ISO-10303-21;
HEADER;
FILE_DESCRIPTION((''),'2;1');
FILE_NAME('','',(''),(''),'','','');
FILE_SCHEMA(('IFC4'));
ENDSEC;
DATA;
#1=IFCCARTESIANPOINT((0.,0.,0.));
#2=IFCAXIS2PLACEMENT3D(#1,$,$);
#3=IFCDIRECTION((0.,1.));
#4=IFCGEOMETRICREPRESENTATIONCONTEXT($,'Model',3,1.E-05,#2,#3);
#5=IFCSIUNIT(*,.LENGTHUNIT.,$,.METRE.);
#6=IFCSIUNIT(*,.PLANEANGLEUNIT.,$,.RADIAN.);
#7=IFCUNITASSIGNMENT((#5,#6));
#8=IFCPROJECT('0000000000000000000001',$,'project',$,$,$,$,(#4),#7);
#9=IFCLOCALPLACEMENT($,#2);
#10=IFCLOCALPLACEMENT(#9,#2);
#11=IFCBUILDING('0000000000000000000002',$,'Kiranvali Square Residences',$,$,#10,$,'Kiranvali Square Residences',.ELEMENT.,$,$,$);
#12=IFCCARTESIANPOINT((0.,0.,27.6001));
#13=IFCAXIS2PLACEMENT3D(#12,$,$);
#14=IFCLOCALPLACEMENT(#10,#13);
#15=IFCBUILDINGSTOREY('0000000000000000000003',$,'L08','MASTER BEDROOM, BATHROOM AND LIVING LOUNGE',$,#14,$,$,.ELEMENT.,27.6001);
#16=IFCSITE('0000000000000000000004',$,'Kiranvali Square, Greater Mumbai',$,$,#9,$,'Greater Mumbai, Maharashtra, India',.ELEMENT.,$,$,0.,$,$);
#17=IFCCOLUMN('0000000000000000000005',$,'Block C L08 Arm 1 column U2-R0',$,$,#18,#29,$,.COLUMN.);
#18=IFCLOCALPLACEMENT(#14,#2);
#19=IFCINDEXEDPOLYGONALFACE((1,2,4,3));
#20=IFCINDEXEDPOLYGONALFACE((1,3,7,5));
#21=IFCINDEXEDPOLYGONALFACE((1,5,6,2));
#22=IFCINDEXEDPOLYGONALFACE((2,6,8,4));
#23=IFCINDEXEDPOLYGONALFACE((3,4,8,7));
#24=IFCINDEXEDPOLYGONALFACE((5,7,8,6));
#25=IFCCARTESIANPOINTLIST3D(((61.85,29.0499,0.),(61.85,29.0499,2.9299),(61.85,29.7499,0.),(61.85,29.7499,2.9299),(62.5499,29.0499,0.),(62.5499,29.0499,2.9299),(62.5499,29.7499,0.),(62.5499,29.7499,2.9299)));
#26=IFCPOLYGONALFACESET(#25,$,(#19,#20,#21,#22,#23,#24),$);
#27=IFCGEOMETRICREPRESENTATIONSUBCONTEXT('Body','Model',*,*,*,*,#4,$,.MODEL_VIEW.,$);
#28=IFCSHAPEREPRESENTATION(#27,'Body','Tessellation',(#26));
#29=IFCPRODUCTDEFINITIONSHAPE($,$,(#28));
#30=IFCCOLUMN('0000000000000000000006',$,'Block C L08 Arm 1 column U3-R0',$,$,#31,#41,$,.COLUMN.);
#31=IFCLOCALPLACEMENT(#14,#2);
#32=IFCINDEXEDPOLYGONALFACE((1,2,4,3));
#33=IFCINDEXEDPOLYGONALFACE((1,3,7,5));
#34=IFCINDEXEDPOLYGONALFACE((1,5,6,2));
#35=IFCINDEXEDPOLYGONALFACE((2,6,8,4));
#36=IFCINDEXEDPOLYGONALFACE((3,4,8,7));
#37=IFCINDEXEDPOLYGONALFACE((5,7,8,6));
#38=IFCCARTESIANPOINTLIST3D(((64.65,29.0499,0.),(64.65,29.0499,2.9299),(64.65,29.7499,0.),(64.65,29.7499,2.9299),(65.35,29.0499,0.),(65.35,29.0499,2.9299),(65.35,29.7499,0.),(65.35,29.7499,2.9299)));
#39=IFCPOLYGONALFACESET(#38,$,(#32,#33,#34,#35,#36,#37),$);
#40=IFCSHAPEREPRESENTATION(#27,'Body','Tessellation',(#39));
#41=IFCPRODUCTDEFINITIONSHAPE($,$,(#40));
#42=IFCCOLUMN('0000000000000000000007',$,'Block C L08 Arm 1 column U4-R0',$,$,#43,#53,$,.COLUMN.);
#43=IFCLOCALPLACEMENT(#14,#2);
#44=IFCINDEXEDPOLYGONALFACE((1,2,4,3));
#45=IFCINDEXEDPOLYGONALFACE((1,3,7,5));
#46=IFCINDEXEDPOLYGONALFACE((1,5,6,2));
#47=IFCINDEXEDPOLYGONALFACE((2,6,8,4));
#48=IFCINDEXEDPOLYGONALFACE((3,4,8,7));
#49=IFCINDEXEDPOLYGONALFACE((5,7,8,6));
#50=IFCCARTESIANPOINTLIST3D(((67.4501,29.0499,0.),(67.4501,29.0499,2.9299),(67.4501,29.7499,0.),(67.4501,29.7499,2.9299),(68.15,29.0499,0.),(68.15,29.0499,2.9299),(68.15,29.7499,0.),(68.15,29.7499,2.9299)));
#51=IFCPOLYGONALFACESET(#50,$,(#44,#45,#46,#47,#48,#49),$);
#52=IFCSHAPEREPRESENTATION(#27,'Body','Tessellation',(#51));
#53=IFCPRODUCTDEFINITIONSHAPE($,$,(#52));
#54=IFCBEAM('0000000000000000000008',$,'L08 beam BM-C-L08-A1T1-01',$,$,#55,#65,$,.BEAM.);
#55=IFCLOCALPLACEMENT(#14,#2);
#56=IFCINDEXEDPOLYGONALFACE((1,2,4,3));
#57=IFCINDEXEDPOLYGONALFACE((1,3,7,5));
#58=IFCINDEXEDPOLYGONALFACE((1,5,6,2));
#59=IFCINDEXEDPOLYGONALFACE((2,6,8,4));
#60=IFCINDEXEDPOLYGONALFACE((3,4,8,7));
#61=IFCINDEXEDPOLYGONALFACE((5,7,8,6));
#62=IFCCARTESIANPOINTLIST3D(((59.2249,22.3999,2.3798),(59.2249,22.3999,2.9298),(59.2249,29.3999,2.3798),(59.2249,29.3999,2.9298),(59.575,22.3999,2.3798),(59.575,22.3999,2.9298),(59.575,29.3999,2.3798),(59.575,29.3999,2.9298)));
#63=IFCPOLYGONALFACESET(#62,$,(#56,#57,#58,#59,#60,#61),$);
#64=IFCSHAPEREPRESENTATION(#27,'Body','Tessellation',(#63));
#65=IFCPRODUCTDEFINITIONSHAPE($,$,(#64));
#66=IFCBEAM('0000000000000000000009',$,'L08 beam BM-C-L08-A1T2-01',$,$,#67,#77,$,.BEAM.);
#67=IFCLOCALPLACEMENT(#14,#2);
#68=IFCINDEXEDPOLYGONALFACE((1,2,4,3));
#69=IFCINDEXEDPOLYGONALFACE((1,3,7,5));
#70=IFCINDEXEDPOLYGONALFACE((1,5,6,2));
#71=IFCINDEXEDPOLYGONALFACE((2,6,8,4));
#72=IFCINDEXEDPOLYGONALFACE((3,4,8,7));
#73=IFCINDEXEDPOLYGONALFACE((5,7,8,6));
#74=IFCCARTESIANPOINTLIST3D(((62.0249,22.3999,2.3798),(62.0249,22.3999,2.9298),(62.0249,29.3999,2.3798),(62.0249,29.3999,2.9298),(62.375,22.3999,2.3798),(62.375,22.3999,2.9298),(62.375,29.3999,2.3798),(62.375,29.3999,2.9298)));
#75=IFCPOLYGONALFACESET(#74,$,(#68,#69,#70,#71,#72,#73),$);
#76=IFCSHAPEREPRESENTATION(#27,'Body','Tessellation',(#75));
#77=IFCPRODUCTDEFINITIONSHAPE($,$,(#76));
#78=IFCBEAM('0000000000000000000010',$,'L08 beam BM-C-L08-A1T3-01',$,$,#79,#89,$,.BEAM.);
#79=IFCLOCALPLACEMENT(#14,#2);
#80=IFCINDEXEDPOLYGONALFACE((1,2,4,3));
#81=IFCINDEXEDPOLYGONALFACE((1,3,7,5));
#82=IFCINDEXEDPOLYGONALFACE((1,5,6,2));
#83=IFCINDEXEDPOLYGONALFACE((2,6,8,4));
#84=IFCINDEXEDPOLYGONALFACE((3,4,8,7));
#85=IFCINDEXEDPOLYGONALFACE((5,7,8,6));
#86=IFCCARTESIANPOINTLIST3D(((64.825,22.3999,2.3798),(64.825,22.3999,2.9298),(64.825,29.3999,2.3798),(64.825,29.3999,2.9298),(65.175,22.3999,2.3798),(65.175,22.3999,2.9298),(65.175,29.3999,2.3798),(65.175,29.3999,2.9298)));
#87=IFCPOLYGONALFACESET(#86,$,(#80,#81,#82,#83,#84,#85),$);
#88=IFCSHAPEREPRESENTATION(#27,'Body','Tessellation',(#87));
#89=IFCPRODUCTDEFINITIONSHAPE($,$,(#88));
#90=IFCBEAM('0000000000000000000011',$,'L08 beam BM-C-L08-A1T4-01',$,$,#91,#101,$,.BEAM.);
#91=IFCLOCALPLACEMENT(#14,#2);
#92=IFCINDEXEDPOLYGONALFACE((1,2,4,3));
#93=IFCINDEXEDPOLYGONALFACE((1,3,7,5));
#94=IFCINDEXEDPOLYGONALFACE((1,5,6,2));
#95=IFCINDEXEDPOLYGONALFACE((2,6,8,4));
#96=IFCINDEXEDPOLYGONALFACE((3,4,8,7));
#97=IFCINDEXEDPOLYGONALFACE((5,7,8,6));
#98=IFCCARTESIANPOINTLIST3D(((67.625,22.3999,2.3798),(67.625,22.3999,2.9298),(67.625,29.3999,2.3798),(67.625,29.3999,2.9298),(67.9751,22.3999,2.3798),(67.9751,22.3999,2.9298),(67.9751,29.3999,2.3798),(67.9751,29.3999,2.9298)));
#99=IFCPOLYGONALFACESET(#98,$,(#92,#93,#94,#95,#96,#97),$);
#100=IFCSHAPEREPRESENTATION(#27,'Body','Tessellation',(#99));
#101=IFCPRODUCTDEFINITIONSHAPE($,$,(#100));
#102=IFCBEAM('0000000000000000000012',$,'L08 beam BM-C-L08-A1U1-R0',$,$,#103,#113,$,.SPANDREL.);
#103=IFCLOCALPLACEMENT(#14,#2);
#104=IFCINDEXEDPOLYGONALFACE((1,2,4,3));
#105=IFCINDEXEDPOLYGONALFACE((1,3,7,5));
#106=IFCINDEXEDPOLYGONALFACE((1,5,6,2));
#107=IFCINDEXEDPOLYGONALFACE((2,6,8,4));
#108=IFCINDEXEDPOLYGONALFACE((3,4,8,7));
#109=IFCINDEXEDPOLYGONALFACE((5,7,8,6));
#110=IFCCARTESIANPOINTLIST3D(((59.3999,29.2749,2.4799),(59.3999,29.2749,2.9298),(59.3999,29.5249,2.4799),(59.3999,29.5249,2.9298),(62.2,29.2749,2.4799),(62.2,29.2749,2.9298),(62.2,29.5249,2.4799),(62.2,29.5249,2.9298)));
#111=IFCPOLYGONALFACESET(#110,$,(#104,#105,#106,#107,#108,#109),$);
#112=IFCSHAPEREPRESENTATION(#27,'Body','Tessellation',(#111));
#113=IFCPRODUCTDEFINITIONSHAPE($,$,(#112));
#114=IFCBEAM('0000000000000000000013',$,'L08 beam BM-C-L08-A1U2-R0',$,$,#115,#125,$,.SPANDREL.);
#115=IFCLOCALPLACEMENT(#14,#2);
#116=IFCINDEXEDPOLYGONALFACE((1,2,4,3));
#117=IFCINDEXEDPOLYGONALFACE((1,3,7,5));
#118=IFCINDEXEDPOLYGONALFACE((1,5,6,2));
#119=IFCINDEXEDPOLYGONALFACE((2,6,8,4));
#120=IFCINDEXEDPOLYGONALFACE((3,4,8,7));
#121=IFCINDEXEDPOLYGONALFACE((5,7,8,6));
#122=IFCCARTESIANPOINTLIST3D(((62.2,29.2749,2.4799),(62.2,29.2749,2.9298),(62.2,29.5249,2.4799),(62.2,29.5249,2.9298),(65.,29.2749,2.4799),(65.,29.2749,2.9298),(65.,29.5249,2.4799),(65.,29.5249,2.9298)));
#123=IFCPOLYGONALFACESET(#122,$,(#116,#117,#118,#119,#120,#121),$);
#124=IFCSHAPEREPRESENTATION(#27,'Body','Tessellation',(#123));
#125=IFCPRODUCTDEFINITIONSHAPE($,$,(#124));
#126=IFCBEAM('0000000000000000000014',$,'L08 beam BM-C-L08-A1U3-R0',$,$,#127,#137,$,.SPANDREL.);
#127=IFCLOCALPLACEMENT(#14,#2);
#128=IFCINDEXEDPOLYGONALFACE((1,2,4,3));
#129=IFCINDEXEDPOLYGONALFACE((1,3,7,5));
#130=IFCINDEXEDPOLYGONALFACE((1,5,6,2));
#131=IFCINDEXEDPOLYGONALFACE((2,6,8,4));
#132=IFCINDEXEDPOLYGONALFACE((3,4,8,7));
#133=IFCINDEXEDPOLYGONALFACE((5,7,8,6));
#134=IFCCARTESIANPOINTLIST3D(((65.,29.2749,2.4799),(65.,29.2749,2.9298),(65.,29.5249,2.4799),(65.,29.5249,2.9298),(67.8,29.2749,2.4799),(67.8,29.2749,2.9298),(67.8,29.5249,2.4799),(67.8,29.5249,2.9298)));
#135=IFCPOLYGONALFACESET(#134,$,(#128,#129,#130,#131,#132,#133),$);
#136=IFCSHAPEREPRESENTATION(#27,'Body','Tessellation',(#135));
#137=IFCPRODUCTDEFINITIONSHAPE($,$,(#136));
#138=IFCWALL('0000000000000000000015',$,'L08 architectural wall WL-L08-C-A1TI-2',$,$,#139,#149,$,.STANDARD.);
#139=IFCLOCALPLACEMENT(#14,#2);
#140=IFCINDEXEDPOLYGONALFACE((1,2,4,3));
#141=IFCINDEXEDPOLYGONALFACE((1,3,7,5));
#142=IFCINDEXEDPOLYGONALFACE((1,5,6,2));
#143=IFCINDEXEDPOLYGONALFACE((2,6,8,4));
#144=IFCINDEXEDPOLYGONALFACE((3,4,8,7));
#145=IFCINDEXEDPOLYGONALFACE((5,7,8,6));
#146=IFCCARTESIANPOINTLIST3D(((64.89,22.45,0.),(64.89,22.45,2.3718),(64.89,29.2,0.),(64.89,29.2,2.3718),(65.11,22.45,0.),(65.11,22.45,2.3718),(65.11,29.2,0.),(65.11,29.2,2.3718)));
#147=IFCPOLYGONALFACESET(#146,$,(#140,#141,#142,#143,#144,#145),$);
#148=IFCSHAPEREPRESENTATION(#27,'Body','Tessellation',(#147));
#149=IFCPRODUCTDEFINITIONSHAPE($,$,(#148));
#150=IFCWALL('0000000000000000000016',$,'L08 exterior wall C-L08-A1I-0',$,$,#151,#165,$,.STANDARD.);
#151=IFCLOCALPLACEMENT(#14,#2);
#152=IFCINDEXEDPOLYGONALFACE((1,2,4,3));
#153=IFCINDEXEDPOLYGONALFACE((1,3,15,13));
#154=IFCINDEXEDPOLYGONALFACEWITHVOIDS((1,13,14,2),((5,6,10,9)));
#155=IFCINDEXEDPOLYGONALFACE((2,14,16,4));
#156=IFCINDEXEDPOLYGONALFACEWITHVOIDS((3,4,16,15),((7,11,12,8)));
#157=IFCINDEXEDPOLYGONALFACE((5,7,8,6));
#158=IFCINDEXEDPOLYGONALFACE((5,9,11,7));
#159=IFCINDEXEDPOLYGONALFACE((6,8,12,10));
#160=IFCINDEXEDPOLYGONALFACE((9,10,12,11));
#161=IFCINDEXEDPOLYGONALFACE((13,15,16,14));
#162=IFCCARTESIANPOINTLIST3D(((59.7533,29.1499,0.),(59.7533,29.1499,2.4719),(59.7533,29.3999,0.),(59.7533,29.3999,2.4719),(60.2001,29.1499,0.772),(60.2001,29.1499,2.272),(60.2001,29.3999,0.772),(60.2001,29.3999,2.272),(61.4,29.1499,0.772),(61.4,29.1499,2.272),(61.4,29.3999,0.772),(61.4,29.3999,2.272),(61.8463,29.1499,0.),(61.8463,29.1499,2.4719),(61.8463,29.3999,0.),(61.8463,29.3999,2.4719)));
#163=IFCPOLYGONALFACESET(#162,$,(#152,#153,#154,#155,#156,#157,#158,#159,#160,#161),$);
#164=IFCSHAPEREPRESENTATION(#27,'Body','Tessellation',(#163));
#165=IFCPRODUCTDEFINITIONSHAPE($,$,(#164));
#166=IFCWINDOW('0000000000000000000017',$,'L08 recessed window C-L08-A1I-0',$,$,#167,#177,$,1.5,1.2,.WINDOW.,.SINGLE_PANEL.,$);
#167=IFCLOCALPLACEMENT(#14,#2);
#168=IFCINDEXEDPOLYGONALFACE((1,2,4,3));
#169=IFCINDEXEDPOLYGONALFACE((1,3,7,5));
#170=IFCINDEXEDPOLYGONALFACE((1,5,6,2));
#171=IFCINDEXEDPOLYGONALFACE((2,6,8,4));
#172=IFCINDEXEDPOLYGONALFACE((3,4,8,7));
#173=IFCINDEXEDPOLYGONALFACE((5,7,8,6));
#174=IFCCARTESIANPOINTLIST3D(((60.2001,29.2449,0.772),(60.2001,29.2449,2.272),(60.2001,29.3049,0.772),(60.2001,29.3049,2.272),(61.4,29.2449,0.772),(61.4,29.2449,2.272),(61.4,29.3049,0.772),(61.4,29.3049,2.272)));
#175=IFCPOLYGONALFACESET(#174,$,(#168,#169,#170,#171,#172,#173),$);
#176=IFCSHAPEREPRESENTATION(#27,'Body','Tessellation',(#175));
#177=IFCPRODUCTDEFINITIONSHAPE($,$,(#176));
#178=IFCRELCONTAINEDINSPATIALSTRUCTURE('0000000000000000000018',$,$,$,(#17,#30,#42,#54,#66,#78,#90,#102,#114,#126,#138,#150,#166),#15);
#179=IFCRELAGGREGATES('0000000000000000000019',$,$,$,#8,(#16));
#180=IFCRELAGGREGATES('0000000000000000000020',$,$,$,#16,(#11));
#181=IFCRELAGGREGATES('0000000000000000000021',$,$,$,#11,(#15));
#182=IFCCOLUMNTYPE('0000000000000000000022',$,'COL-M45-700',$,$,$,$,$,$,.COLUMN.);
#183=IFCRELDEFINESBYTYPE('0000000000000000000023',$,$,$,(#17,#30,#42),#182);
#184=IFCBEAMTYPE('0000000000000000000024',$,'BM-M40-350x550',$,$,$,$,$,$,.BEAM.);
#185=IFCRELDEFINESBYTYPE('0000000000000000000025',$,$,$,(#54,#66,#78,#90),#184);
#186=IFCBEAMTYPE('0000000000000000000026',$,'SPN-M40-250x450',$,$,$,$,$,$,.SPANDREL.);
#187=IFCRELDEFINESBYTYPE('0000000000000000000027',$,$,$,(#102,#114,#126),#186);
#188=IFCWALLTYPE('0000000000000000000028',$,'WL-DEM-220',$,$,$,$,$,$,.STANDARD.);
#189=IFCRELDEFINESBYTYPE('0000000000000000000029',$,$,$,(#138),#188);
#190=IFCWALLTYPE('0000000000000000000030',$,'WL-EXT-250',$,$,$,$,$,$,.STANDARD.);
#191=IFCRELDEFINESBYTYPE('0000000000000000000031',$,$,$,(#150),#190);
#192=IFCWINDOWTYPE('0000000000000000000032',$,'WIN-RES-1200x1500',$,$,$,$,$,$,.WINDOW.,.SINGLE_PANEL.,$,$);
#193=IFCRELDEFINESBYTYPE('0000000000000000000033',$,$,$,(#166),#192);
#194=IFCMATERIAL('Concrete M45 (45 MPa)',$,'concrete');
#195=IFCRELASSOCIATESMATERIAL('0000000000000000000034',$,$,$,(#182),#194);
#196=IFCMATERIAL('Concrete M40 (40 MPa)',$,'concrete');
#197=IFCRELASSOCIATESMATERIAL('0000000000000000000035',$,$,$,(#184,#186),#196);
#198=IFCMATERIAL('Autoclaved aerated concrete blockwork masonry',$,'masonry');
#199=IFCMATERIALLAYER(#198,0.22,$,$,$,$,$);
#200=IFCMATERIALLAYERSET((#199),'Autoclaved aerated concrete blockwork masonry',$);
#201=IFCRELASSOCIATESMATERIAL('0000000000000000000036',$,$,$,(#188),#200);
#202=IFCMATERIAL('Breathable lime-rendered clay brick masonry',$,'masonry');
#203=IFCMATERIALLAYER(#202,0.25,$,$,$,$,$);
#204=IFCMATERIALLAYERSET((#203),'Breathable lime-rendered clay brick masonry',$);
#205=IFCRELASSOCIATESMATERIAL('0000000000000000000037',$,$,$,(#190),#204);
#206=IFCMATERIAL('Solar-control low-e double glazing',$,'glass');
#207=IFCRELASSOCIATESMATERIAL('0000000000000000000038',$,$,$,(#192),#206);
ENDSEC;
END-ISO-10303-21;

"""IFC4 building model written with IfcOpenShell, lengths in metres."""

from ifc_helpers import new_model, si_unit, direction, frame, frame_2d, origin, origin_2d, place, context, subcontext, project, spatial, rectangle, extrude, material, layer, layer_set, material_profile, profile_set, type_object, element, fill, save


model = new_model("IFC4")

# Units and contexts
model_context = context("Model", 3, precision=1e-05, world=origin(), true_north=direction((0.0, 1.0)))
body_context = subcontext(model_context, "Body", "Model", "MODEL_VIEW")
ifc_project = project(units=[si_unit("LENGTHUNIT", "METRE"), si_unit("PLANEANGLEUNIT", "RADIAN")], contexts=[model_context])

# Site, building, storey
site_placement = place(None, origin())
site = spatial("IfcSite", under=ifc_project, at=site_placement, Name="Kiranvali Square, Greater Mumbai", LongName="Greater Mumbai, Maharashtra, India", CompositionType="ELEMENT", RefElevation=0.0)
building_placement = place(site_placement, origin())
building = spatial("IfcBuilding", under=site, at=building_placement, Name="Kiranvali Square Residences", LongName="Kiranvali Square Residences", CompositionType="ELEMENT")
storey_placement = place(building_placement, frame((0.0, 0.0, 27.6001)))
storey = spatial("IfcBuildingStorey", under=building, at=storey_placement, Name="L08", Description="MASTER BEDROOM, BATHROOM AND LIVING LOUNGE", CompositionType="ELEMENT", Elevation=27.6001)

# Columns
ifc_material_1 = material(Name="Concrete M45 (45 MPa)", Category="concrete")
ifc_material_profile_1 = material_profile(ifc_material_1, rectangle(XDim=0.7, YDim=0.7, at=origin_2d()), Name="RC 700x700")
ifc_profile_set_1 = profile_set([ifc_material_profile_1], Name="Concrete M45 (45 MPa)")
column_type = type_object("IfcColumnType", Name="COL-M45-700", PredefinedType="COLUMN", material=ifc_profile_set_1)
for number, where, z_axis, x_axis, name in (
    (1, (62.2, 29.3999, 0.0), (0.0, 0.0, 1.0), (1.0, 0.0, 0.0), "Block C L08 Arm 1 column U2-R0"),
    (2, (65.0, 29.3999, 0.0), (0.0, 0.0, 1.0), (1.0, 0.0, 0.0), "Block C L08 Arm 1 column U3-R0"),
    (3, (67.8, 29.3999, 0.0), (0.0, 0.0, 1.0), (1.0, 0.0, 0.0), "Block C L08 Arm 1 column U4-R0"),
):
    element("IfcColumn", number, at=place(storey_placement, frame(where, z_axis=z_axis, x_axis=x_axis)), inside=storey, type_object=column_type, Name=name, PredefinedType="COLUMN", context=body_context, shape_type="SweptSolid", body=[
        extrude(rectangle(XDim=0.7, YDim=0.7, at=origin_2d()), origin(), (0.0, 0.0, 1.0), 2.9299),
    ])

# Beams
ifc_material_2 = material(Name="Concrete M40 (40 MPa)", Category="concrete")
ifc_material_profile_2 = material_profile(ifc_material_2, rectangle(XDim=0.3501, YDim=0.55, at=origin_2d()), Name="RC 350x550")
ifc_profile_set_2 = profile_set([ifc_material_profile_2], Name="Concrete M40 (40 MPa)")
beam_type_1 = type_object("IfcBeamType", Name="BM-M40-350x550", PredefinedType="BEAM", material=ifc_profile_set_2)
for number, where, z_axis, x_axis, name in (
    (4, (59.3999, 29.3999, 2.6548), (0.0, -1.0, 0.0), (1.0, 0.0, 0.0), "L08 beam BM-C-L08-A1T1-01"),
    (5, (62.2, 29.3999, 2.6548), (0.0, -1.0, 0.0), (1.0, 0.0, 0.0), "L08 beam BM-C-L08-A1T2-01"),
    (6, (65.0, 29.3999, 2.6548), (0.0, -1.0, 0.0), (1.0, 0.0, 0.0), "L08 beam BM-C-L08-A1T3-01"),
    (7, (67.8, 29.3999, 2.6548), (0.0, -1.0, 0.0), (1.0, 0.0, 0.0), "L08 beam BM-C-L08-A1T4-01"),
):
    element("IfcBeam", number, at=place(storey_placement, frame(where, z_axis=z_axis, x_axis=x_axis)), inside=storey, type_object=beam_type_1, Name=name, PredefinedType="BEAM", context=body_context, shape_type="SweptSolid", body=[
        extrude(rectangle(XDim=0.3501, YDim=0.55, at=origin_2d()), origin(), (0.0, 0.0, 1.0), 7.0),
    ])
ifc_material_profile_3 = material_profile(ifc_material_2, rectangle(XDim=0.25, YDim=0.45, at=origin_2d()), Name="RC 250x450")
ifc_profile_set_3 = profile_set([ifc_material_profile_3], Name="Concrete M40 (40 MPa)")
beam_type_2 = type_object("IfcBeamType", Name="SPN-M40-250x450", PredefinedType="SPANDREL", material=ifc_profile_set_3)
for number, where, z_axis, x_axis, name in (
    (8, (59.3999, 29.3999, 2.7048), (1.0, 0.0, 0.0), (0.0, 1.0, 0.0), "L08 beam BM-C-L08-A1U1-R0"),
    (9, (62.2, 29.3999, 2.7048), (1.0, 0.0, 0.0), (0.0, 1.0, 0.0), "L08 beam BM-C-L08-A1U2-R0"),
    (10, (65.0, 29.3999, 2.7048), (1.0, 0.0, 0.0), (0.0, 1.0, 0.0), "L08 beam BM-C-L08-A1U3-R0"),
):
    element("IfcBeam", number, at=place(storey_placement, frame(where, z_axis=z_axis, x_axis=x_axis)), inside=storey, type_object=beam_type_2, Name=name, PredefinedType="SPANDREL", context=body_context, shape_type="SweptSolid", body=[
        extrude(rectangle(XDim=0.25, YDim=0.45, at=origin_2d()), origin(), (0.0, 0.0, 1.0), 2.8),
    ])

# Wall
ifc_material_3 = material(Name="Autoclaved aerated concrete blockwork masonry", Category="masonry")
ifc_layer_1 = layer(ifc_material_3, 0.22)
ifc_layer_set_1 = layer_set([ifc_layer_1], Name="Autoclaved aerated concrete blockwork masonry")
wall_type_1 = type_object("IfcWallType", Name="WL-DEM-220", PredefinedType="STANDARD", material=ifc_layer_set_1)
wall_1_placement = place(storey_placement, frame((65.0, 29.2, 0.0), z_axis=(0.0, 0.0, 1.0), x_axis=(0.0, -1.0, 0.0)))
element("IfcWall", 11, at=wall_1_placement, inside=storey, type_object=wall_type_1, Name="L08 architectural wall WL-L08-C-A1TI-2", PredefinedType="STANDARD", context=body_context, shape_type="SweptSolid", body=[
    extrude(rectangle(XDim=6.75, YDim=0.22, at=frame_2d((3.375, 0.0))), origin(), (0.0, 0.0, 1.0), 2.3718),
])

# Wall, opening, window
ifc_material_4 = material(Name="Breathable lime-rendered clay brick masonry", Category="masonry")
ifc_layer_2 = layer(ifc_material_4, 0.25)
ifc_layer_set_2 = layer_set([ifc_layer_2], Name="Breathable lime-rendered clay brick masonry")
wall_type_2 = type_object("IfcWallType", Name="WL-EXT-250", PredefinedType="STANDARD", material=ifc_layer_set_2)
wall_2_placement = place(storey_placement, frame((59.7534, 29.2749, 0.0), z_axis=(0.0, 0.0, 1.0), x_axis=(1.0, 0.0, 0.0)))
wall_2 = element("IfcWall", 12, at=wall_2_placement, inside=storey, type_object=wall_type_2, Name="L08 exterior wall C-L08-A1I-0", PredefinedType="STANDARD", context=body_context, shape_type="SweptSolid", body=[
    extrude(rectangle(XDim=2.093, YDim=0.25, at=frame_2d((1.0464, 0.0))), origin(), (0.0, 0.0, 1.0), 2.4719),
])
opening_1_placement = place(wall_2_placement, frame((0.4465, 0.0, 0.772)))
opening_1 = element("IfcOpeningElement", 13, at=opening_1_placement, cuts=wall_2, PredefinedType="OPENING", context=body_context, shape_type="SweptSolid", body=[
    extrude(rectangle(XDim=1.2, YDim=1.5, at=frame_2d((0.6001, 0.75))), frame((0.0, 0.135, 0.0), z_axis=(0.0, -1.0, 0.0), x_axis=(1.0, 0.0, 0.0)), (0.0, 0.0, 1.0), 0.27),
])
ifc_material_5 = material(Name="Solar-control low-e double glazing", Category="glass")
window_type_1 = type_object("IfcWindowType", Name="WIN-RES-1200x1500", PartitioningType="SINGLE_PANEL", PredefinedType="WINDOW", material=ifc_material_5)
window_1_placement = place(opening_1_placement, origin())
window_1 = element("IfcWindow", 14, at=window_1_placement, inside=storey, type_object=window_type_1, Name="L08 recessed window C-L08-A1I-0", OverallHeight=1.5, OverallWidth=1.2, PartitioningType="SINGLE_PANEL", PredefinedType="WINDOW", context=body_context, shape_type="SweptSolid", body=[
    extrude(rectangle(XDim=1.2, YDim=1.5, at=frame_2d((0.6001, 0.75))), frame((0.0, 0.03, 0.0), z_axis=(0.0, -1.0, 0.0), x_axis=(1.0, 0.0, 0.0)), (0.0, 0.0, 1.0), 0.0601),
])
fill(opening_1, window_1)

save(model, "model.ifc")
